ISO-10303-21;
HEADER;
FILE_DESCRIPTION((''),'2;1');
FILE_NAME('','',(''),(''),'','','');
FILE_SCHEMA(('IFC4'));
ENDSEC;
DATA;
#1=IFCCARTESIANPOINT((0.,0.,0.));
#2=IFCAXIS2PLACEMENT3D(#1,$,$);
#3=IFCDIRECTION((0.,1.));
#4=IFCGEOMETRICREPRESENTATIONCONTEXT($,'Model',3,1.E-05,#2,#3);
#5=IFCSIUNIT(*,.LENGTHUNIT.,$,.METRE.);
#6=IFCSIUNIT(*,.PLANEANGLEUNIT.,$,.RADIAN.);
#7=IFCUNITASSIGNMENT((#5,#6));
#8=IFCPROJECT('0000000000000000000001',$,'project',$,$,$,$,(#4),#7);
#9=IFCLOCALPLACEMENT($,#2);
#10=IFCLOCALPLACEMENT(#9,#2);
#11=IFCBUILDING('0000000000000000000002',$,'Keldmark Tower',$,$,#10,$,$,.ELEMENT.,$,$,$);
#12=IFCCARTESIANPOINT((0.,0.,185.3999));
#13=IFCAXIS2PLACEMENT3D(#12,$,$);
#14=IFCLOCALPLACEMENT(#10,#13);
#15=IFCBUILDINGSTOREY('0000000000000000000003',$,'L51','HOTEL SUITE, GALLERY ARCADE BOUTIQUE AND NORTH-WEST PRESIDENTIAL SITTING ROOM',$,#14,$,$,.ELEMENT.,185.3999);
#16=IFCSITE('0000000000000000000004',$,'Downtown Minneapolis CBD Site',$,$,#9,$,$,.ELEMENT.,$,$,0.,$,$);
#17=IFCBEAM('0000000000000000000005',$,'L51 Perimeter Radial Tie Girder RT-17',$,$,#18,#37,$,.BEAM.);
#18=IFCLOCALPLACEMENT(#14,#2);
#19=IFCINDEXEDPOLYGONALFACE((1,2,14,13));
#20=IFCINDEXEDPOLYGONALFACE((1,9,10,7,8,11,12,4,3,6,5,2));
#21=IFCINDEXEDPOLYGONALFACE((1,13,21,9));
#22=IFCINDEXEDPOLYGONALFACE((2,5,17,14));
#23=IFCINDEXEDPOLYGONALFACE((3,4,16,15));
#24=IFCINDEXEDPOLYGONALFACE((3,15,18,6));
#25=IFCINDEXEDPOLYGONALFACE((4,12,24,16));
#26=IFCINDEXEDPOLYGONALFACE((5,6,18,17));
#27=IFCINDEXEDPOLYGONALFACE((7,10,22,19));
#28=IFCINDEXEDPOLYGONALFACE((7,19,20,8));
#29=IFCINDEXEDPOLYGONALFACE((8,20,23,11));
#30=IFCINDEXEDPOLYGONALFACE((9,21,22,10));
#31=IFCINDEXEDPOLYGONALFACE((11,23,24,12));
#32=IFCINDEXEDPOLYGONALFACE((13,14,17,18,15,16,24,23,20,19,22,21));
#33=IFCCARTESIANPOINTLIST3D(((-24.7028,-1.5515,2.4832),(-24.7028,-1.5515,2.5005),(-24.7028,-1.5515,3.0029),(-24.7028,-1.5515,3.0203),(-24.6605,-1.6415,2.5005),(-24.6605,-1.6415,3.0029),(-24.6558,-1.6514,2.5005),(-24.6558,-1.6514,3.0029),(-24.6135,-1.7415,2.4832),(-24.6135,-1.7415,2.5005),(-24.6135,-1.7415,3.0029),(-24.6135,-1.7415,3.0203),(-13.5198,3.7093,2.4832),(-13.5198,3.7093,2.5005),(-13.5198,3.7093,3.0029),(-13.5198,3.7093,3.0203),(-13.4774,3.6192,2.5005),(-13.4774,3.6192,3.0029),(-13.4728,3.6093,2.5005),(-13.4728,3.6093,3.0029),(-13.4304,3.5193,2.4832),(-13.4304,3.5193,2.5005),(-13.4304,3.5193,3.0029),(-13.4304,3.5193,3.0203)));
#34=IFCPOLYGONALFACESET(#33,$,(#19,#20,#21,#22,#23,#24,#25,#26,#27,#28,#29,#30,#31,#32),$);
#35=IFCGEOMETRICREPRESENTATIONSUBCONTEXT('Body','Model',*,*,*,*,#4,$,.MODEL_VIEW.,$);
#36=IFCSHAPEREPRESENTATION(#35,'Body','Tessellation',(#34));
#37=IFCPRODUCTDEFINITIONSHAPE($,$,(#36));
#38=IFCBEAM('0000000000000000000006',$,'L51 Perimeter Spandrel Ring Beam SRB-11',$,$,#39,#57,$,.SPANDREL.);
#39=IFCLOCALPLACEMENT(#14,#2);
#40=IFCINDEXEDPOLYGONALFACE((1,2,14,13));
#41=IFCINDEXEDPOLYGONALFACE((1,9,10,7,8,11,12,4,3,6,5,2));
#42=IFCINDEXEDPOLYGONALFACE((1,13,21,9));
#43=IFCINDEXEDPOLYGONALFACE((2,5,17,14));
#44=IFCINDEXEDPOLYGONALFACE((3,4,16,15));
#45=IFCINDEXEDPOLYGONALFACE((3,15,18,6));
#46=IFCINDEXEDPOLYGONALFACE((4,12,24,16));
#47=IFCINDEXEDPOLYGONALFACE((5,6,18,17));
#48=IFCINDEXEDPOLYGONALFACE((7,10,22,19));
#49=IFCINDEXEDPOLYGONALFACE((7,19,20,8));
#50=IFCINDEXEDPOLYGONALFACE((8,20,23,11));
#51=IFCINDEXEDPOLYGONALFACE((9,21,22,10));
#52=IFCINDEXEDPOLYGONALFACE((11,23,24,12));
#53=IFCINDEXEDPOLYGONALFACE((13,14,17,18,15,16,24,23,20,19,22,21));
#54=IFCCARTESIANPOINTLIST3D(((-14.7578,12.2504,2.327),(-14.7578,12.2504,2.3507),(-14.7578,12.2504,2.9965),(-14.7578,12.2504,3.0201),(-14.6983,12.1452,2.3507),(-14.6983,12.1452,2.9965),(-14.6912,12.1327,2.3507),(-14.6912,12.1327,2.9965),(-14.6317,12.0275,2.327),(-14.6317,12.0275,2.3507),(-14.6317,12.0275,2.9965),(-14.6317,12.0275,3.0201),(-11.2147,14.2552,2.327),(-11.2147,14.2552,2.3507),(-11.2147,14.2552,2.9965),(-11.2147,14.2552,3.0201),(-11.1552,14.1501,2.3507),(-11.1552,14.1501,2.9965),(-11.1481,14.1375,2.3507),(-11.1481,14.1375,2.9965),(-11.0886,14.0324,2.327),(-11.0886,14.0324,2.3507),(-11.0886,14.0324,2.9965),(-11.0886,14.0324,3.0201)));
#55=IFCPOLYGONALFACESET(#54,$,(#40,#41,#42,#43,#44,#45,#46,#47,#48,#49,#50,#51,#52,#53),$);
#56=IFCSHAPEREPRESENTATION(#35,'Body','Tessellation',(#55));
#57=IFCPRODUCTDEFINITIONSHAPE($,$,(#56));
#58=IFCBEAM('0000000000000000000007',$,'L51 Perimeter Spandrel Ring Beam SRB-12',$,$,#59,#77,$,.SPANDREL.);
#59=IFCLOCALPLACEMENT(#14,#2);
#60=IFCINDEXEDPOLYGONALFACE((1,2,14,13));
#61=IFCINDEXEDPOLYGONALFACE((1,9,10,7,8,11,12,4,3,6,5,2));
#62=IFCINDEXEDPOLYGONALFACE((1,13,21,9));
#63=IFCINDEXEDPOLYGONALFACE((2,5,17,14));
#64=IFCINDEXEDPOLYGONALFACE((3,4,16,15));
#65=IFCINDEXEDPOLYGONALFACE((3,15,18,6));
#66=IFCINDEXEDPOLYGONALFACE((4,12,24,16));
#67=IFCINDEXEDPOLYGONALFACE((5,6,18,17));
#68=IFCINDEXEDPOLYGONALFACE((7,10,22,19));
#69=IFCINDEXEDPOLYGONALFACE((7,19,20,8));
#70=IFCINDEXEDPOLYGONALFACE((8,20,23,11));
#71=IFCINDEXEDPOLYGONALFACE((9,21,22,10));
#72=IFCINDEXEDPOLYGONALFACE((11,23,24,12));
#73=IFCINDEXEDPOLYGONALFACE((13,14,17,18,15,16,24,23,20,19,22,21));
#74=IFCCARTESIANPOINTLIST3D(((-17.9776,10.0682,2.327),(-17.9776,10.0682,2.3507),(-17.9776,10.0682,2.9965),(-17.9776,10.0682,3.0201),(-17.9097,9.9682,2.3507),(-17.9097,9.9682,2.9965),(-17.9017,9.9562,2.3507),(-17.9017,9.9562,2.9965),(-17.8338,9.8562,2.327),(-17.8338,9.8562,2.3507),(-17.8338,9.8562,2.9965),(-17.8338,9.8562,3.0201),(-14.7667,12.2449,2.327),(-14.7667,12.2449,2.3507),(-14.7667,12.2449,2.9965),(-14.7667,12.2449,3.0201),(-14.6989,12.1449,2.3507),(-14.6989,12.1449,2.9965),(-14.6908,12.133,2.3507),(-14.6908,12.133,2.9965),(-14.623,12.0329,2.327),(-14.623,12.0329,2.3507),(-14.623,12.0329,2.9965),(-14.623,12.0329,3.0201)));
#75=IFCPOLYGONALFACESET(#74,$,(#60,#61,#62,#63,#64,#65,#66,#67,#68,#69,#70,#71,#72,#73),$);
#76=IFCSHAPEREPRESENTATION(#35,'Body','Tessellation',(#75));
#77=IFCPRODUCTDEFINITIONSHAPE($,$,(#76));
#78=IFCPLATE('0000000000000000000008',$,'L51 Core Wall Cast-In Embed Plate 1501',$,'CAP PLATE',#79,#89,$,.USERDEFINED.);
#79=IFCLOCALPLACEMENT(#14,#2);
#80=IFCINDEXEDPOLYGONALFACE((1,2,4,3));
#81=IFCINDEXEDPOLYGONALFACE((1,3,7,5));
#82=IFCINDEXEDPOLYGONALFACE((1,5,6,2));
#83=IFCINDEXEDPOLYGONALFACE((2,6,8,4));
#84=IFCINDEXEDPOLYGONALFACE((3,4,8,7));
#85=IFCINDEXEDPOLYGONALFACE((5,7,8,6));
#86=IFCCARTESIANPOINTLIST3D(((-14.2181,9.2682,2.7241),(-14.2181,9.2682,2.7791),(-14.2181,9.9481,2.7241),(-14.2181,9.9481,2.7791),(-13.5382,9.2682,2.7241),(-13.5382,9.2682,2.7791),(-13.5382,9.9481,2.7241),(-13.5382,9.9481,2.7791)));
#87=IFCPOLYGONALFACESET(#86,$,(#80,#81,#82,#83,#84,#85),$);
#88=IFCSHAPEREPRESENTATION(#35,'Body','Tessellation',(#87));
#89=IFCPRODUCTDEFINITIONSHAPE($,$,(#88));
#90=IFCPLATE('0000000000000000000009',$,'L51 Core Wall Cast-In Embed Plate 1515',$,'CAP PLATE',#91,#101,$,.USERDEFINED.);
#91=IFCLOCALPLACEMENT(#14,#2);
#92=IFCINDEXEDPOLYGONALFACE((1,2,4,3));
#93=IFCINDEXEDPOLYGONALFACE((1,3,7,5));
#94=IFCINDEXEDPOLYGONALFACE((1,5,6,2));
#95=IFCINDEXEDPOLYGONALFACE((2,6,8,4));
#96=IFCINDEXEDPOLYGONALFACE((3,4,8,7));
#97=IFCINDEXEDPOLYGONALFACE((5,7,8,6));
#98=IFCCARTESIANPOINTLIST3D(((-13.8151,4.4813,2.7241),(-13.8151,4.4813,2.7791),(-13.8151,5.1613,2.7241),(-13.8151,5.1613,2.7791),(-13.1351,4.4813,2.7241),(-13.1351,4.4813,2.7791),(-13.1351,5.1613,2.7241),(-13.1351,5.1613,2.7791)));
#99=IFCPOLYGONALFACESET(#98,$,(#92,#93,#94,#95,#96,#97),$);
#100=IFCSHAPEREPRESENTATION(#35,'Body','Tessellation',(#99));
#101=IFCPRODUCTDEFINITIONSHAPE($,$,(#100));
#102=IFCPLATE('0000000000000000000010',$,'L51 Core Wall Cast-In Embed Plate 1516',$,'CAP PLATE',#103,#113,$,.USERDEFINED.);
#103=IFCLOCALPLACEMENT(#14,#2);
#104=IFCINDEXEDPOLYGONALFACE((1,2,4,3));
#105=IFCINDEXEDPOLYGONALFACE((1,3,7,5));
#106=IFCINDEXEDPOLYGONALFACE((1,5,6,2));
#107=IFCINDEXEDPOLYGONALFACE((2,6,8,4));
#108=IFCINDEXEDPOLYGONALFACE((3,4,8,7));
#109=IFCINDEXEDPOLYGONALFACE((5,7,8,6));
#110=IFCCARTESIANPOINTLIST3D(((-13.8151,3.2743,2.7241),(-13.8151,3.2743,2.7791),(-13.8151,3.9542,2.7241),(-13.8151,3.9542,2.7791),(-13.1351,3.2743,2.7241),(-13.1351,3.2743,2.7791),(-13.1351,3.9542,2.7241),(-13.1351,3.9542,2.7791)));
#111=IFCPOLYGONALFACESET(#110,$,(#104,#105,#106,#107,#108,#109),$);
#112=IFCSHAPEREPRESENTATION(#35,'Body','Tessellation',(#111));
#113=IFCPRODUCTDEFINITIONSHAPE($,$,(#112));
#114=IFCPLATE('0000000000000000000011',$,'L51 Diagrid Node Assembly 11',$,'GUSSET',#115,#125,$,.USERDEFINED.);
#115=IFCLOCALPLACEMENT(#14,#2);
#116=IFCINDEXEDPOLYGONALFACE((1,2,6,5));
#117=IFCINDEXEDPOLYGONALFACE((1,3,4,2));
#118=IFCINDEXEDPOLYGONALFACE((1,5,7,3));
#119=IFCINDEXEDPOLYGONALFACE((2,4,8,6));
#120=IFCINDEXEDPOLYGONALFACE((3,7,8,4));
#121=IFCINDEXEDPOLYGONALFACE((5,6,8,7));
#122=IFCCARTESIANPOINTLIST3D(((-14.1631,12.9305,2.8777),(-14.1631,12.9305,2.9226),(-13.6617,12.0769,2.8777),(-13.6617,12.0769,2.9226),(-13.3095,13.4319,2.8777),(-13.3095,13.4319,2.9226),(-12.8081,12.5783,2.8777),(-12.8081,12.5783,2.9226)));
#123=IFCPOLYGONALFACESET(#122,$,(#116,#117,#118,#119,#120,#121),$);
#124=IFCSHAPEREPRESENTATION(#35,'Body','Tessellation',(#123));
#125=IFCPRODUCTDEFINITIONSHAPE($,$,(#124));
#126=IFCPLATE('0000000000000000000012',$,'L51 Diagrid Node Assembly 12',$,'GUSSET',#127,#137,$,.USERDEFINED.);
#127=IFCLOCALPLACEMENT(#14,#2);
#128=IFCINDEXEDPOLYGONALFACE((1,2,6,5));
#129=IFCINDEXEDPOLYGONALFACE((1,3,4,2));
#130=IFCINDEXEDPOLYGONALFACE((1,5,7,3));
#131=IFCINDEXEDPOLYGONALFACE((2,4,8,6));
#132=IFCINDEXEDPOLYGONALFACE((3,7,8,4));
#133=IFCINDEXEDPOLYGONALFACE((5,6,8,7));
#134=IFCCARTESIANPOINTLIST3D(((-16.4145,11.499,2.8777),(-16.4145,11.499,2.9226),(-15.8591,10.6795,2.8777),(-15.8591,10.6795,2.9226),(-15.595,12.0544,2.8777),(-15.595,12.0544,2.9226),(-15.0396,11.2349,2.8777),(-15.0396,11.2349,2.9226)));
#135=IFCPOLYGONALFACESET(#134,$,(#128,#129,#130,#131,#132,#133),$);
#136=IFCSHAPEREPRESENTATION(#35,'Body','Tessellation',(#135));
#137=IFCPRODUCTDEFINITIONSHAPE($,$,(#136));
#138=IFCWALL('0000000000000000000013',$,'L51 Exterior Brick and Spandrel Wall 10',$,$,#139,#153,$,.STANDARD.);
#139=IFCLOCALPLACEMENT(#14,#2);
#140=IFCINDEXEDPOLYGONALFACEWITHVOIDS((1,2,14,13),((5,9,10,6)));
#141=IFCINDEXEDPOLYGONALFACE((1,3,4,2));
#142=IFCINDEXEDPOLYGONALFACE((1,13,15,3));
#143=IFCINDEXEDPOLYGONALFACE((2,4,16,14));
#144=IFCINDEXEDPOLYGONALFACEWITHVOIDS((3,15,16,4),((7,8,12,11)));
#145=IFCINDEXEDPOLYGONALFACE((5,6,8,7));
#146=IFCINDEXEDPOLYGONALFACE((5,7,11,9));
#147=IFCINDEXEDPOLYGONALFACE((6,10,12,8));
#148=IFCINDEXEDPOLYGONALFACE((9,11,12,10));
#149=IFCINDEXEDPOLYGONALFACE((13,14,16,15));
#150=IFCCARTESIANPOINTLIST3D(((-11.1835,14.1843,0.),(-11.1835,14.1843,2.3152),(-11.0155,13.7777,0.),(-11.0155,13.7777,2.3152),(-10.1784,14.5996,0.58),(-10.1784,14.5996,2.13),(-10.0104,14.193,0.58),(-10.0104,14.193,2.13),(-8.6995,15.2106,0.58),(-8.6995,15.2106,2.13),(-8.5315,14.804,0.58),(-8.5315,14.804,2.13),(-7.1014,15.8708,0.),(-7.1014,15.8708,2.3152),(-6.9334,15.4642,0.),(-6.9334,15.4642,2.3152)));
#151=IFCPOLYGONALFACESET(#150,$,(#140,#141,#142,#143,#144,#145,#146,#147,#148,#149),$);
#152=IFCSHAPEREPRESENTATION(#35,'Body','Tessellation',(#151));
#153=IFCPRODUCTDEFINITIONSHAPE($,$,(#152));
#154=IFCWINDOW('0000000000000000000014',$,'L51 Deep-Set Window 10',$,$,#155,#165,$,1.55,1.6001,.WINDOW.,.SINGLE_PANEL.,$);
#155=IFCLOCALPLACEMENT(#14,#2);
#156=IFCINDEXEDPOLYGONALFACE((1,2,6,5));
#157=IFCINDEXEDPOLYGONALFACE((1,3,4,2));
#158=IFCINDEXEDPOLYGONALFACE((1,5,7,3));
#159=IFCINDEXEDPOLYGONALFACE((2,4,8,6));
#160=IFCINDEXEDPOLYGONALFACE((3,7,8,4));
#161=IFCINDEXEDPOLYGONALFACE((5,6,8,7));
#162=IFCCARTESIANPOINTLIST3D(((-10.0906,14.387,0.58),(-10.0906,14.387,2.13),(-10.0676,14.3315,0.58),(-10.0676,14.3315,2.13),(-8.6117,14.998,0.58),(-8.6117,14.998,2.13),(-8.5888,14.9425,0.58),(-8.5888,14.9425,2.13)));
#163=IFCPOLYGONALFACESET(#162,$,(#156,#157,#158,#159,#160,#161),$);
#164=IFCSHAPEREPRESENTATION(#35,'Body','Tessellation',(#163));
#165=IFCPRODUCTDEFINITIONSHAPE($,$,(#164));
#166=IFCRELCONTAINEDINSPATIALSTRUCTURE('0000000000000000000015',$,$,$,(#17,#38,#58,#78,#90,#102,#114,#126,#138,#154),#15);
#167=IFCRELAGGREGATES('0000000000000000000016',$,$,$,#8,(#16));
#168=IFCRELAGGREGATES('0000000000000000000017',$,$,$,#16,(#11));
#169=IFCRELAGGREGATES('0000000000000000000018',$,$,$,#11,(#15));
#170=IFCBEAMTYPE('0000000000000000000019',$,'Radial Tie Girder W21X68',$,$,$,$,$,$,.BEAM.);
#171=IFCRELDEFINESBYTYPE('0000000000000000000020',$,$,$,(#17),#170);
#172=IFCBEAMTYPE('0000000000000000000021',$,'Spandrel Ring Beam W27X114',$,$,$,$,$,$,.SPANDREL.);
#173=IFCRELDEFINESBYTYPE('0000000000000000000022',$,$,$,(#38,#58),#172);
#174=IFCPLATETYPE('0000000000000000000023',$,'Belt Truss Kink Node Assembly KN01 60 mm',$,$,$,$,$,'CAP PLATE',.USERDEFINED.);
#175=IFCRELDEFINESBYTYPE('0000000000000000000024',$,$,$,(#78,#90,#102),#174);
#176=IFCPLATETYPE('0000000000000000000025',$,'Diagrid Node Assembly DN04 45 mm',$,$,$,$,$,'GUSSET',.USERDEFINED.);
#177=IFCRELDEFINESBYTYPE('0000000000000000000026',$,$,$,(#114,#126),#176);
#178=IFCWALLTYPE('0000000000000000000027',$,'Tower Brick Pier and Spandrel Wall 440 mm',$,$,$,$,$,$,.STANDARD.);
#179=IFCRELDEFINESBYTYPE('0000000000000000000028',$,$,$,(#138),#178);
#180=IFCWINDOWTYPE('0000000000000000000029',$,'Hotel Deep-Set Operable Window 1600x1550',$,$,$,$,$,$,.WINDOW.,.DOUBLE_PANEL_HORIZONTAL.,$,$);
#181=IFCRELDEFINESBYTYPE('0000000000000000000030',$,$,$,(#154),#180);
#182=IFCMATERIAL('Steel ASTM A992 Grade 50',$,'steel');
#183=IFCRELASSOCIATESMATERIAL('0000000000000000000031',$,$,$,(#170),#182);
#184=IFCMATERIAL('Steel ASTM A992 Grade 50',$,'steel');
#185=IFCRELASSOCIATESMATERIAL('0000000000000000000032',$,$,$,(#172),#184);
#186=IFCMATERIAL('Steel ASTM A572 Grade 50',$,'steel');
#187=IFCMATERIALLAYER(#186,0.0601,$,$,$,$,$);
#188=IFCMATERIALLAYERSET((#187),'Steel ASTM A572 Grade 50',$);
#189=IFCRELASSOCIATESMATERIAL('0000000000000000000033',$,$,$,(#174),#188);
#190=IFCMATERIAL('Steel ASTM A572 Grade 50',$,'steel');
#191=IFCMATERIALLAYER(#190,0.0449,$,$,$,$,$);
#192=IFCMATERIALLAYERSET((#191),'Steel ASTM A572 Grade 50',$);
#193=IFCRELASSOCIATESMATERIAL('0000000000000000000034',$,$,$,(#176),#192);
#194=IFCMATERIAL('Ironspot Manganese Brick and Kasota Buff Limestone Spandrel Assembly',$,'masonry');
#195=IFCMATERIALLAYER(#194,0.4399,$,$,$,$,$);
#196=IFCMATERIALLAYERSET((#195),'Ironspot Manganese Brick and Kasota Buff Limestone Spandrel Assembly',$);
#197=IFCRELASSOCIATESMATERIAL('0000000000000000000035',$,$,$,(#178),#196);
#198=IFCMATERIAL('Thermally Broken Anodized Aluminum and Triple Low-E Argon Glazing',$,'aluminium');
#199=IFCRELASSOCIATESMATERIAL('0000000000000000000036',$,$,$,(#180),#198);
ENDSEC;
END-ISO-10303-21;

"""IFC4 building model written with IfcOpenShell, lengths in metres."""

from ifc_helpers import new_model, si_unit, direction, frame, frame_2d, origin, origin_2d, place, context, subcontext, project, spatial, rectangle, i_section, extrude, material, layer, layer_set, material_profile, profile_set, type_object, element, fill, save


model = new_model("IFC4")

# Units and contexts
model_context = context("Model", 3, precision=1e-05, world=origin(), true_north=direction((0.0, 1.0)))
body_context = subcontext(model_context, "Body", "Model", "MODEL_VIEW")
ifc_project = project(units=[si_unit("LENGTHUNIT", "METRE"), si_unit("PLANEANGLEUNIT", "RADIAN")], contexts=[model_context])

# Site, building, storey
site_placement = place(None, origin())
site = spatial("IfcSite", under=ifc_project, at=site_placement, Name="Downtown Minneapolis CBD Site", CompositionType="ELEMENT", RefElevation=0.0)
building_placement = place(site_placement, origin())
building = spatial("IfcBuilding", under=site, at=building_placement, Name="Keldmark Tower", CompositionType="ELEMENT")
storey_placement = place(building_placement, frame((0.0, 0.0, 185.3999)))
storey = spatial("IfcBuildingStorey", under=building, at=storey_placement, Name="L51", Description="HOTEL SUITE, GALLERY ARCADE BOUTIQUE AND NORTH-WEST PRESIDENTIAL SITTING ROOM", CompositionType="ELEMENT", Elevation=185.3999)

# Beams
ifc_material_1 = material(Name="Steel ASTM A992 Grade 50", Category="steel")
ifc_material_profile_1 = material_profile(ifc_material_1, i_section(OverallWidth=0.21, OverallDepth=0.5371, WebThickness=0.011, FlangeThickness=0.0173, at=origin_2d()), Name="W21X68")
ifc_profile_set_1 = profile_set([ifc_material_profile_1], Name="Steel ASTM A992 Grade 50")
beam_type_1 = type_object("IfcBeamType", Name="Radial Tie Girder W21X68", PredefinedType="BEAM", material=ifc_profile_set_1)
beam_1_placement = place(storey_placement, frame((-13.4751, 3.6143, 2.7517), z_axis=(-0.904878, -0.425671, 0.0), x_axis=(0.425671, -0.904878, 0.0)))
element("IfcBeam", 1, at=beam_1_placement, inside=storey, type_object=beam_type_1, Name="L51 Perimeter Radial Tie Girder RT-17", PredefinedType="BEAM", context=body_context, shape_type="SweptSolid", body=[
    extrude(i_section(OverallWidth=0.21, OverallDepth=0.5371, WebThickness=0.011, FlangeThickness=0.0173, at=origin_2d()), origin(), (0.0, 0.0, 1.0), 12.3586),
])
ifc_material_2 = material(Name="Steel ASTM A992 Grade 50", Category="steel")
ifc_material_profile_2 = material_profile(ifc_material_2, i_section(OverallWidth=0.2561, OverallDepth=0.6931, WebThickness=0.0144, FlangeThickness=0.0237, at=origin_2d()), Name="W27X114")
ifc_profile_set_2 = profile_set([ifc_material_profile_2], Name="Steel ASTM A992 Grade 50")
beam_type_2 = type_object("IfcBeamType", Name="Spandrel Ring Beam W27X114", PredefinedType="SPANDREL", material=ifc_profile_set_2)
beam_2_placement = place(storey_placement, frame((-11.1516, 14.1438, 2.6736), z_axis=(-0.870332, -0.492466, 0.0), x_axis=(0.492466, -0.870332, 0.0)))
element("IfcBeam", 2, at=beam_2_placement, inside=storey, type_object=beam_type_2, Name="L51 Perimeter Spandrel Ring Beam SRB-11", PredefinedType="SPANDREL", context=body_context, shape_type="SweptSolid", body=[
    extrude(i_section(OverallWidth=0.2561, OverallDepth=0.6931, WebThickness=0.0144, FlangeThickness=0.0237, at=origin_2d()), origin(), (0.0, 0.0, 1.0), 4.071),
])
beam_3_placement = place(storey_placement, frame((-14.6948, 12.1389, 2.6736), z_axis=(-0.827726, -0.561132, 0.0), x_axis=(0.561132, -0.827726, 0.0)))
element("IfcBeam", 3, at=beam_3_placement, inside=storey, type_object=beam_type_2, Name="L51 Perimeter Spandrel Ring Beam SRB-12", PredefinedType="SPANDREL", context=body_context, shape_type="SweptSolid", body=[
    extrude(i_section(OverallWidth=0.2561, OverallDepth=0.6931, WebThickness=0.0144, FlangeThickness=0.0237, at=origin_2d()), origin(), (0.0, 0.0, 1.0), 3.8792),
])

# Plates
ifc_material_3 = material(Name="Steel ASTM A572 Grade 50", Category="steel")
ifc_layer_1 = layer(ifc_material_3, 0.0601)
ifc_layer_set_1 = layer_set([ifc_layer_1], Name="Steel ASTM A572 Grade 50")
plate_type_1 = type_object("IfcPlateType", Name="Belt Truss Kink Node Assembly KN01 60 mm", ElementType="CAP PLATE", PredefinedType="USERDEFINED", material=ifc_layer_set_1)
for number, where, z_axis, x_axis, name in (
    (4, (-13.8782, 9.6082, 2.7241), (0.0, 0.0, 1.0), (1.0, 0.0, 0.0), "L51 Core Wall Cast-In Embed Plate 1501"),
    (5, (-13.4751, 4.8213, 2.7241), (0.0, 0.0, 1.0), (1.0, 0.0, 0.0), "L51 Core Wall Cast-In Embed Plate 1515"),
    (6, (-13.4751, 3.6143, 2.7241), (0.0, 0.0, 1.0), (1.0, 0.0, 0.0), "L51 Core Wall Cast-In Embed Plate 1516"),
):
    element("IfcPlate", number, at=place(storey_placement, frame(where, z_axis=z_axis, x_axis=x_axis)), inside=storey, type_object=plate_type_1, Name=name, ObjectType="CAP PLATE", PredefinedType="USERDEFINED", context=body_context, shape_type="SweptSolid", body=[
        extrude(rectangle(XDim=0.6799, YDim=0.6799, at=origin_2d()), origin(), (0.0, 0.0, 1.0), 0.0549),
    ])
ifc_material_4 = material(Name="Steel ASTM A572 Grade 50", Category="steel")
ifc_layer_2 = layer(ifc_material_4, 0.0449)
ifc_layer_set_2 = layer_set([ifc_layer_2], Name="Steel ASTM A572 Grade 50")
plate_type_2 = type_object("IfcPlateType", Name="Diagrid Node Assembly DN04 45 mm", ElementType="GUSSET", PredefinedType="USERDEFINED", material=ifc_layer_set_2)
for number, where, z_axis, x_axis, name in (
    (7, (-13.4856, 12.7544, 2.8777), (0.0, 0.0, 1.0), (-0.862249, -0.506485, 0.0), "L51 Diagrid Node Assembly 11"),
    (8, (-15.7271, 11.3669, 2.8777), (0.0, 0.0, 1.0), (-0.827767, -0.561072, 0.0), "L51 Diagrid Node Assembly 12"),
):
    element("IfcPlate", number, at=place(storey_placement, frame(where, z_axis=z_axis, x_axis=x_axis)), inside=storey, type_object=plate_type_2, Name=name, ObjectType="GUSSET", PredefinedType="USERDEFINED", context=body_context, shape_type="SweptSolid", body=[
        extrude(rectangle(XDim=0.99, YDim=0.99, at=origin_2d()), origin(), (0.0, 0.0, 1.0), 0.0449),
    ])

# Wall, opening, window
ifc_material_5 = material(Name="Ironspot Manganese Brick and Kasota Buff Limestone Spandrel Assembly", Category="masonry")
ifc_layer_3 = layer(ifc_material_5, 0.4399)
ifc_layer_set_3 = layer_set([ifc_layer_3], Name="Ironspot Manganese Brick and Kasota Buff Limestone Spandrel Assembly")
wall_type_1 = type_object("IfcWallType", Name="Tower Brick Pier and Spandrel Wall 440 mm", PredefinedType="STANDARD", material=ifc_layer_set_3)
wall_1_placement = place(storey_placement, frame((-11.0996, 13.981, 0.0), z_axis=(0.0, 0.0, 1.0), x_axis=(0.924224, 0.38185, 0.0)))
wall_1 = element("IfcWall", 9, at=wall_1_placement, inside=storey, type_object=wall_type_1, Name="L51 Exterior Brick and Spandrel Wall 10", PredefinedType="STANDARD", context=body_context, shape_type="SweptSolid", body=[
    extrude(rectangle(XDim=4.4167, YDim=0.4399, at=frame_2d((2.2085, 0.0))), origin(), (0.0, 0.0, 1.0), 2.3152),
])
opening_1_placement = place(wall_1_placement, frame((1.0876, 0.0, 0.5801)))
opening_1 = element("IfcOpeningElement", 10, at=opening_1_placement, cuts=wall_1, PredefinedType="OPENING", context=body_context, shape_type="SweptSolid", body=[
    extrude(rectangle(XDim=1.6001, YDim=1.55, at=frame_2d((0.8, 0.7749))), frame((0.0, 0.23, 0.0), z_axis=(0.0, -1.0, 0.0), x_axis=(1.0, 0.0, 0.0)), (0.0, 0.0, 1.0), 0.46),
])
ifc_material_6 = material(Name="Thermally Broken Anodized Aluminum and Triple Low-E Argon Glazing", Category="aluminium")
window_type = type_object("IfcWindowType", Name="Hotel Deep-Set Operable Window 1600x1550", PartitioningType="DOUBLE_PANEL_HORIZONTAL", PredefinedType="WINDOW", material=ifc_material_6)
window_1_placement = place(opening_1_placement, origin())
window_1 = element("IfcWindow", 11, at=window_1_placement, inside=storey, type_object=window_type, Name="L51 Deep-Set Window 10", OverallHeight=1.55, OverallWidth=1.6001, PartitioningType="SINGLE_PANEL", PredefinedType="WINDOW", context=body_context, shape_type="SweptSolid", body=[
    extrude(rectangle(XDim=1.6001, YDim=1.55, at=frame_2d((0.8, 0.7749))), frame((0.0, -0.01, 0.0), z_axis=(0.0, -1.0, 0.0), x_axis=(1.0, 0.0, 0.0)), (0.0, 0.0, 1.0), 0.0601),
])
fill(opening_1, window_1)

save(model, "model.ifc")
